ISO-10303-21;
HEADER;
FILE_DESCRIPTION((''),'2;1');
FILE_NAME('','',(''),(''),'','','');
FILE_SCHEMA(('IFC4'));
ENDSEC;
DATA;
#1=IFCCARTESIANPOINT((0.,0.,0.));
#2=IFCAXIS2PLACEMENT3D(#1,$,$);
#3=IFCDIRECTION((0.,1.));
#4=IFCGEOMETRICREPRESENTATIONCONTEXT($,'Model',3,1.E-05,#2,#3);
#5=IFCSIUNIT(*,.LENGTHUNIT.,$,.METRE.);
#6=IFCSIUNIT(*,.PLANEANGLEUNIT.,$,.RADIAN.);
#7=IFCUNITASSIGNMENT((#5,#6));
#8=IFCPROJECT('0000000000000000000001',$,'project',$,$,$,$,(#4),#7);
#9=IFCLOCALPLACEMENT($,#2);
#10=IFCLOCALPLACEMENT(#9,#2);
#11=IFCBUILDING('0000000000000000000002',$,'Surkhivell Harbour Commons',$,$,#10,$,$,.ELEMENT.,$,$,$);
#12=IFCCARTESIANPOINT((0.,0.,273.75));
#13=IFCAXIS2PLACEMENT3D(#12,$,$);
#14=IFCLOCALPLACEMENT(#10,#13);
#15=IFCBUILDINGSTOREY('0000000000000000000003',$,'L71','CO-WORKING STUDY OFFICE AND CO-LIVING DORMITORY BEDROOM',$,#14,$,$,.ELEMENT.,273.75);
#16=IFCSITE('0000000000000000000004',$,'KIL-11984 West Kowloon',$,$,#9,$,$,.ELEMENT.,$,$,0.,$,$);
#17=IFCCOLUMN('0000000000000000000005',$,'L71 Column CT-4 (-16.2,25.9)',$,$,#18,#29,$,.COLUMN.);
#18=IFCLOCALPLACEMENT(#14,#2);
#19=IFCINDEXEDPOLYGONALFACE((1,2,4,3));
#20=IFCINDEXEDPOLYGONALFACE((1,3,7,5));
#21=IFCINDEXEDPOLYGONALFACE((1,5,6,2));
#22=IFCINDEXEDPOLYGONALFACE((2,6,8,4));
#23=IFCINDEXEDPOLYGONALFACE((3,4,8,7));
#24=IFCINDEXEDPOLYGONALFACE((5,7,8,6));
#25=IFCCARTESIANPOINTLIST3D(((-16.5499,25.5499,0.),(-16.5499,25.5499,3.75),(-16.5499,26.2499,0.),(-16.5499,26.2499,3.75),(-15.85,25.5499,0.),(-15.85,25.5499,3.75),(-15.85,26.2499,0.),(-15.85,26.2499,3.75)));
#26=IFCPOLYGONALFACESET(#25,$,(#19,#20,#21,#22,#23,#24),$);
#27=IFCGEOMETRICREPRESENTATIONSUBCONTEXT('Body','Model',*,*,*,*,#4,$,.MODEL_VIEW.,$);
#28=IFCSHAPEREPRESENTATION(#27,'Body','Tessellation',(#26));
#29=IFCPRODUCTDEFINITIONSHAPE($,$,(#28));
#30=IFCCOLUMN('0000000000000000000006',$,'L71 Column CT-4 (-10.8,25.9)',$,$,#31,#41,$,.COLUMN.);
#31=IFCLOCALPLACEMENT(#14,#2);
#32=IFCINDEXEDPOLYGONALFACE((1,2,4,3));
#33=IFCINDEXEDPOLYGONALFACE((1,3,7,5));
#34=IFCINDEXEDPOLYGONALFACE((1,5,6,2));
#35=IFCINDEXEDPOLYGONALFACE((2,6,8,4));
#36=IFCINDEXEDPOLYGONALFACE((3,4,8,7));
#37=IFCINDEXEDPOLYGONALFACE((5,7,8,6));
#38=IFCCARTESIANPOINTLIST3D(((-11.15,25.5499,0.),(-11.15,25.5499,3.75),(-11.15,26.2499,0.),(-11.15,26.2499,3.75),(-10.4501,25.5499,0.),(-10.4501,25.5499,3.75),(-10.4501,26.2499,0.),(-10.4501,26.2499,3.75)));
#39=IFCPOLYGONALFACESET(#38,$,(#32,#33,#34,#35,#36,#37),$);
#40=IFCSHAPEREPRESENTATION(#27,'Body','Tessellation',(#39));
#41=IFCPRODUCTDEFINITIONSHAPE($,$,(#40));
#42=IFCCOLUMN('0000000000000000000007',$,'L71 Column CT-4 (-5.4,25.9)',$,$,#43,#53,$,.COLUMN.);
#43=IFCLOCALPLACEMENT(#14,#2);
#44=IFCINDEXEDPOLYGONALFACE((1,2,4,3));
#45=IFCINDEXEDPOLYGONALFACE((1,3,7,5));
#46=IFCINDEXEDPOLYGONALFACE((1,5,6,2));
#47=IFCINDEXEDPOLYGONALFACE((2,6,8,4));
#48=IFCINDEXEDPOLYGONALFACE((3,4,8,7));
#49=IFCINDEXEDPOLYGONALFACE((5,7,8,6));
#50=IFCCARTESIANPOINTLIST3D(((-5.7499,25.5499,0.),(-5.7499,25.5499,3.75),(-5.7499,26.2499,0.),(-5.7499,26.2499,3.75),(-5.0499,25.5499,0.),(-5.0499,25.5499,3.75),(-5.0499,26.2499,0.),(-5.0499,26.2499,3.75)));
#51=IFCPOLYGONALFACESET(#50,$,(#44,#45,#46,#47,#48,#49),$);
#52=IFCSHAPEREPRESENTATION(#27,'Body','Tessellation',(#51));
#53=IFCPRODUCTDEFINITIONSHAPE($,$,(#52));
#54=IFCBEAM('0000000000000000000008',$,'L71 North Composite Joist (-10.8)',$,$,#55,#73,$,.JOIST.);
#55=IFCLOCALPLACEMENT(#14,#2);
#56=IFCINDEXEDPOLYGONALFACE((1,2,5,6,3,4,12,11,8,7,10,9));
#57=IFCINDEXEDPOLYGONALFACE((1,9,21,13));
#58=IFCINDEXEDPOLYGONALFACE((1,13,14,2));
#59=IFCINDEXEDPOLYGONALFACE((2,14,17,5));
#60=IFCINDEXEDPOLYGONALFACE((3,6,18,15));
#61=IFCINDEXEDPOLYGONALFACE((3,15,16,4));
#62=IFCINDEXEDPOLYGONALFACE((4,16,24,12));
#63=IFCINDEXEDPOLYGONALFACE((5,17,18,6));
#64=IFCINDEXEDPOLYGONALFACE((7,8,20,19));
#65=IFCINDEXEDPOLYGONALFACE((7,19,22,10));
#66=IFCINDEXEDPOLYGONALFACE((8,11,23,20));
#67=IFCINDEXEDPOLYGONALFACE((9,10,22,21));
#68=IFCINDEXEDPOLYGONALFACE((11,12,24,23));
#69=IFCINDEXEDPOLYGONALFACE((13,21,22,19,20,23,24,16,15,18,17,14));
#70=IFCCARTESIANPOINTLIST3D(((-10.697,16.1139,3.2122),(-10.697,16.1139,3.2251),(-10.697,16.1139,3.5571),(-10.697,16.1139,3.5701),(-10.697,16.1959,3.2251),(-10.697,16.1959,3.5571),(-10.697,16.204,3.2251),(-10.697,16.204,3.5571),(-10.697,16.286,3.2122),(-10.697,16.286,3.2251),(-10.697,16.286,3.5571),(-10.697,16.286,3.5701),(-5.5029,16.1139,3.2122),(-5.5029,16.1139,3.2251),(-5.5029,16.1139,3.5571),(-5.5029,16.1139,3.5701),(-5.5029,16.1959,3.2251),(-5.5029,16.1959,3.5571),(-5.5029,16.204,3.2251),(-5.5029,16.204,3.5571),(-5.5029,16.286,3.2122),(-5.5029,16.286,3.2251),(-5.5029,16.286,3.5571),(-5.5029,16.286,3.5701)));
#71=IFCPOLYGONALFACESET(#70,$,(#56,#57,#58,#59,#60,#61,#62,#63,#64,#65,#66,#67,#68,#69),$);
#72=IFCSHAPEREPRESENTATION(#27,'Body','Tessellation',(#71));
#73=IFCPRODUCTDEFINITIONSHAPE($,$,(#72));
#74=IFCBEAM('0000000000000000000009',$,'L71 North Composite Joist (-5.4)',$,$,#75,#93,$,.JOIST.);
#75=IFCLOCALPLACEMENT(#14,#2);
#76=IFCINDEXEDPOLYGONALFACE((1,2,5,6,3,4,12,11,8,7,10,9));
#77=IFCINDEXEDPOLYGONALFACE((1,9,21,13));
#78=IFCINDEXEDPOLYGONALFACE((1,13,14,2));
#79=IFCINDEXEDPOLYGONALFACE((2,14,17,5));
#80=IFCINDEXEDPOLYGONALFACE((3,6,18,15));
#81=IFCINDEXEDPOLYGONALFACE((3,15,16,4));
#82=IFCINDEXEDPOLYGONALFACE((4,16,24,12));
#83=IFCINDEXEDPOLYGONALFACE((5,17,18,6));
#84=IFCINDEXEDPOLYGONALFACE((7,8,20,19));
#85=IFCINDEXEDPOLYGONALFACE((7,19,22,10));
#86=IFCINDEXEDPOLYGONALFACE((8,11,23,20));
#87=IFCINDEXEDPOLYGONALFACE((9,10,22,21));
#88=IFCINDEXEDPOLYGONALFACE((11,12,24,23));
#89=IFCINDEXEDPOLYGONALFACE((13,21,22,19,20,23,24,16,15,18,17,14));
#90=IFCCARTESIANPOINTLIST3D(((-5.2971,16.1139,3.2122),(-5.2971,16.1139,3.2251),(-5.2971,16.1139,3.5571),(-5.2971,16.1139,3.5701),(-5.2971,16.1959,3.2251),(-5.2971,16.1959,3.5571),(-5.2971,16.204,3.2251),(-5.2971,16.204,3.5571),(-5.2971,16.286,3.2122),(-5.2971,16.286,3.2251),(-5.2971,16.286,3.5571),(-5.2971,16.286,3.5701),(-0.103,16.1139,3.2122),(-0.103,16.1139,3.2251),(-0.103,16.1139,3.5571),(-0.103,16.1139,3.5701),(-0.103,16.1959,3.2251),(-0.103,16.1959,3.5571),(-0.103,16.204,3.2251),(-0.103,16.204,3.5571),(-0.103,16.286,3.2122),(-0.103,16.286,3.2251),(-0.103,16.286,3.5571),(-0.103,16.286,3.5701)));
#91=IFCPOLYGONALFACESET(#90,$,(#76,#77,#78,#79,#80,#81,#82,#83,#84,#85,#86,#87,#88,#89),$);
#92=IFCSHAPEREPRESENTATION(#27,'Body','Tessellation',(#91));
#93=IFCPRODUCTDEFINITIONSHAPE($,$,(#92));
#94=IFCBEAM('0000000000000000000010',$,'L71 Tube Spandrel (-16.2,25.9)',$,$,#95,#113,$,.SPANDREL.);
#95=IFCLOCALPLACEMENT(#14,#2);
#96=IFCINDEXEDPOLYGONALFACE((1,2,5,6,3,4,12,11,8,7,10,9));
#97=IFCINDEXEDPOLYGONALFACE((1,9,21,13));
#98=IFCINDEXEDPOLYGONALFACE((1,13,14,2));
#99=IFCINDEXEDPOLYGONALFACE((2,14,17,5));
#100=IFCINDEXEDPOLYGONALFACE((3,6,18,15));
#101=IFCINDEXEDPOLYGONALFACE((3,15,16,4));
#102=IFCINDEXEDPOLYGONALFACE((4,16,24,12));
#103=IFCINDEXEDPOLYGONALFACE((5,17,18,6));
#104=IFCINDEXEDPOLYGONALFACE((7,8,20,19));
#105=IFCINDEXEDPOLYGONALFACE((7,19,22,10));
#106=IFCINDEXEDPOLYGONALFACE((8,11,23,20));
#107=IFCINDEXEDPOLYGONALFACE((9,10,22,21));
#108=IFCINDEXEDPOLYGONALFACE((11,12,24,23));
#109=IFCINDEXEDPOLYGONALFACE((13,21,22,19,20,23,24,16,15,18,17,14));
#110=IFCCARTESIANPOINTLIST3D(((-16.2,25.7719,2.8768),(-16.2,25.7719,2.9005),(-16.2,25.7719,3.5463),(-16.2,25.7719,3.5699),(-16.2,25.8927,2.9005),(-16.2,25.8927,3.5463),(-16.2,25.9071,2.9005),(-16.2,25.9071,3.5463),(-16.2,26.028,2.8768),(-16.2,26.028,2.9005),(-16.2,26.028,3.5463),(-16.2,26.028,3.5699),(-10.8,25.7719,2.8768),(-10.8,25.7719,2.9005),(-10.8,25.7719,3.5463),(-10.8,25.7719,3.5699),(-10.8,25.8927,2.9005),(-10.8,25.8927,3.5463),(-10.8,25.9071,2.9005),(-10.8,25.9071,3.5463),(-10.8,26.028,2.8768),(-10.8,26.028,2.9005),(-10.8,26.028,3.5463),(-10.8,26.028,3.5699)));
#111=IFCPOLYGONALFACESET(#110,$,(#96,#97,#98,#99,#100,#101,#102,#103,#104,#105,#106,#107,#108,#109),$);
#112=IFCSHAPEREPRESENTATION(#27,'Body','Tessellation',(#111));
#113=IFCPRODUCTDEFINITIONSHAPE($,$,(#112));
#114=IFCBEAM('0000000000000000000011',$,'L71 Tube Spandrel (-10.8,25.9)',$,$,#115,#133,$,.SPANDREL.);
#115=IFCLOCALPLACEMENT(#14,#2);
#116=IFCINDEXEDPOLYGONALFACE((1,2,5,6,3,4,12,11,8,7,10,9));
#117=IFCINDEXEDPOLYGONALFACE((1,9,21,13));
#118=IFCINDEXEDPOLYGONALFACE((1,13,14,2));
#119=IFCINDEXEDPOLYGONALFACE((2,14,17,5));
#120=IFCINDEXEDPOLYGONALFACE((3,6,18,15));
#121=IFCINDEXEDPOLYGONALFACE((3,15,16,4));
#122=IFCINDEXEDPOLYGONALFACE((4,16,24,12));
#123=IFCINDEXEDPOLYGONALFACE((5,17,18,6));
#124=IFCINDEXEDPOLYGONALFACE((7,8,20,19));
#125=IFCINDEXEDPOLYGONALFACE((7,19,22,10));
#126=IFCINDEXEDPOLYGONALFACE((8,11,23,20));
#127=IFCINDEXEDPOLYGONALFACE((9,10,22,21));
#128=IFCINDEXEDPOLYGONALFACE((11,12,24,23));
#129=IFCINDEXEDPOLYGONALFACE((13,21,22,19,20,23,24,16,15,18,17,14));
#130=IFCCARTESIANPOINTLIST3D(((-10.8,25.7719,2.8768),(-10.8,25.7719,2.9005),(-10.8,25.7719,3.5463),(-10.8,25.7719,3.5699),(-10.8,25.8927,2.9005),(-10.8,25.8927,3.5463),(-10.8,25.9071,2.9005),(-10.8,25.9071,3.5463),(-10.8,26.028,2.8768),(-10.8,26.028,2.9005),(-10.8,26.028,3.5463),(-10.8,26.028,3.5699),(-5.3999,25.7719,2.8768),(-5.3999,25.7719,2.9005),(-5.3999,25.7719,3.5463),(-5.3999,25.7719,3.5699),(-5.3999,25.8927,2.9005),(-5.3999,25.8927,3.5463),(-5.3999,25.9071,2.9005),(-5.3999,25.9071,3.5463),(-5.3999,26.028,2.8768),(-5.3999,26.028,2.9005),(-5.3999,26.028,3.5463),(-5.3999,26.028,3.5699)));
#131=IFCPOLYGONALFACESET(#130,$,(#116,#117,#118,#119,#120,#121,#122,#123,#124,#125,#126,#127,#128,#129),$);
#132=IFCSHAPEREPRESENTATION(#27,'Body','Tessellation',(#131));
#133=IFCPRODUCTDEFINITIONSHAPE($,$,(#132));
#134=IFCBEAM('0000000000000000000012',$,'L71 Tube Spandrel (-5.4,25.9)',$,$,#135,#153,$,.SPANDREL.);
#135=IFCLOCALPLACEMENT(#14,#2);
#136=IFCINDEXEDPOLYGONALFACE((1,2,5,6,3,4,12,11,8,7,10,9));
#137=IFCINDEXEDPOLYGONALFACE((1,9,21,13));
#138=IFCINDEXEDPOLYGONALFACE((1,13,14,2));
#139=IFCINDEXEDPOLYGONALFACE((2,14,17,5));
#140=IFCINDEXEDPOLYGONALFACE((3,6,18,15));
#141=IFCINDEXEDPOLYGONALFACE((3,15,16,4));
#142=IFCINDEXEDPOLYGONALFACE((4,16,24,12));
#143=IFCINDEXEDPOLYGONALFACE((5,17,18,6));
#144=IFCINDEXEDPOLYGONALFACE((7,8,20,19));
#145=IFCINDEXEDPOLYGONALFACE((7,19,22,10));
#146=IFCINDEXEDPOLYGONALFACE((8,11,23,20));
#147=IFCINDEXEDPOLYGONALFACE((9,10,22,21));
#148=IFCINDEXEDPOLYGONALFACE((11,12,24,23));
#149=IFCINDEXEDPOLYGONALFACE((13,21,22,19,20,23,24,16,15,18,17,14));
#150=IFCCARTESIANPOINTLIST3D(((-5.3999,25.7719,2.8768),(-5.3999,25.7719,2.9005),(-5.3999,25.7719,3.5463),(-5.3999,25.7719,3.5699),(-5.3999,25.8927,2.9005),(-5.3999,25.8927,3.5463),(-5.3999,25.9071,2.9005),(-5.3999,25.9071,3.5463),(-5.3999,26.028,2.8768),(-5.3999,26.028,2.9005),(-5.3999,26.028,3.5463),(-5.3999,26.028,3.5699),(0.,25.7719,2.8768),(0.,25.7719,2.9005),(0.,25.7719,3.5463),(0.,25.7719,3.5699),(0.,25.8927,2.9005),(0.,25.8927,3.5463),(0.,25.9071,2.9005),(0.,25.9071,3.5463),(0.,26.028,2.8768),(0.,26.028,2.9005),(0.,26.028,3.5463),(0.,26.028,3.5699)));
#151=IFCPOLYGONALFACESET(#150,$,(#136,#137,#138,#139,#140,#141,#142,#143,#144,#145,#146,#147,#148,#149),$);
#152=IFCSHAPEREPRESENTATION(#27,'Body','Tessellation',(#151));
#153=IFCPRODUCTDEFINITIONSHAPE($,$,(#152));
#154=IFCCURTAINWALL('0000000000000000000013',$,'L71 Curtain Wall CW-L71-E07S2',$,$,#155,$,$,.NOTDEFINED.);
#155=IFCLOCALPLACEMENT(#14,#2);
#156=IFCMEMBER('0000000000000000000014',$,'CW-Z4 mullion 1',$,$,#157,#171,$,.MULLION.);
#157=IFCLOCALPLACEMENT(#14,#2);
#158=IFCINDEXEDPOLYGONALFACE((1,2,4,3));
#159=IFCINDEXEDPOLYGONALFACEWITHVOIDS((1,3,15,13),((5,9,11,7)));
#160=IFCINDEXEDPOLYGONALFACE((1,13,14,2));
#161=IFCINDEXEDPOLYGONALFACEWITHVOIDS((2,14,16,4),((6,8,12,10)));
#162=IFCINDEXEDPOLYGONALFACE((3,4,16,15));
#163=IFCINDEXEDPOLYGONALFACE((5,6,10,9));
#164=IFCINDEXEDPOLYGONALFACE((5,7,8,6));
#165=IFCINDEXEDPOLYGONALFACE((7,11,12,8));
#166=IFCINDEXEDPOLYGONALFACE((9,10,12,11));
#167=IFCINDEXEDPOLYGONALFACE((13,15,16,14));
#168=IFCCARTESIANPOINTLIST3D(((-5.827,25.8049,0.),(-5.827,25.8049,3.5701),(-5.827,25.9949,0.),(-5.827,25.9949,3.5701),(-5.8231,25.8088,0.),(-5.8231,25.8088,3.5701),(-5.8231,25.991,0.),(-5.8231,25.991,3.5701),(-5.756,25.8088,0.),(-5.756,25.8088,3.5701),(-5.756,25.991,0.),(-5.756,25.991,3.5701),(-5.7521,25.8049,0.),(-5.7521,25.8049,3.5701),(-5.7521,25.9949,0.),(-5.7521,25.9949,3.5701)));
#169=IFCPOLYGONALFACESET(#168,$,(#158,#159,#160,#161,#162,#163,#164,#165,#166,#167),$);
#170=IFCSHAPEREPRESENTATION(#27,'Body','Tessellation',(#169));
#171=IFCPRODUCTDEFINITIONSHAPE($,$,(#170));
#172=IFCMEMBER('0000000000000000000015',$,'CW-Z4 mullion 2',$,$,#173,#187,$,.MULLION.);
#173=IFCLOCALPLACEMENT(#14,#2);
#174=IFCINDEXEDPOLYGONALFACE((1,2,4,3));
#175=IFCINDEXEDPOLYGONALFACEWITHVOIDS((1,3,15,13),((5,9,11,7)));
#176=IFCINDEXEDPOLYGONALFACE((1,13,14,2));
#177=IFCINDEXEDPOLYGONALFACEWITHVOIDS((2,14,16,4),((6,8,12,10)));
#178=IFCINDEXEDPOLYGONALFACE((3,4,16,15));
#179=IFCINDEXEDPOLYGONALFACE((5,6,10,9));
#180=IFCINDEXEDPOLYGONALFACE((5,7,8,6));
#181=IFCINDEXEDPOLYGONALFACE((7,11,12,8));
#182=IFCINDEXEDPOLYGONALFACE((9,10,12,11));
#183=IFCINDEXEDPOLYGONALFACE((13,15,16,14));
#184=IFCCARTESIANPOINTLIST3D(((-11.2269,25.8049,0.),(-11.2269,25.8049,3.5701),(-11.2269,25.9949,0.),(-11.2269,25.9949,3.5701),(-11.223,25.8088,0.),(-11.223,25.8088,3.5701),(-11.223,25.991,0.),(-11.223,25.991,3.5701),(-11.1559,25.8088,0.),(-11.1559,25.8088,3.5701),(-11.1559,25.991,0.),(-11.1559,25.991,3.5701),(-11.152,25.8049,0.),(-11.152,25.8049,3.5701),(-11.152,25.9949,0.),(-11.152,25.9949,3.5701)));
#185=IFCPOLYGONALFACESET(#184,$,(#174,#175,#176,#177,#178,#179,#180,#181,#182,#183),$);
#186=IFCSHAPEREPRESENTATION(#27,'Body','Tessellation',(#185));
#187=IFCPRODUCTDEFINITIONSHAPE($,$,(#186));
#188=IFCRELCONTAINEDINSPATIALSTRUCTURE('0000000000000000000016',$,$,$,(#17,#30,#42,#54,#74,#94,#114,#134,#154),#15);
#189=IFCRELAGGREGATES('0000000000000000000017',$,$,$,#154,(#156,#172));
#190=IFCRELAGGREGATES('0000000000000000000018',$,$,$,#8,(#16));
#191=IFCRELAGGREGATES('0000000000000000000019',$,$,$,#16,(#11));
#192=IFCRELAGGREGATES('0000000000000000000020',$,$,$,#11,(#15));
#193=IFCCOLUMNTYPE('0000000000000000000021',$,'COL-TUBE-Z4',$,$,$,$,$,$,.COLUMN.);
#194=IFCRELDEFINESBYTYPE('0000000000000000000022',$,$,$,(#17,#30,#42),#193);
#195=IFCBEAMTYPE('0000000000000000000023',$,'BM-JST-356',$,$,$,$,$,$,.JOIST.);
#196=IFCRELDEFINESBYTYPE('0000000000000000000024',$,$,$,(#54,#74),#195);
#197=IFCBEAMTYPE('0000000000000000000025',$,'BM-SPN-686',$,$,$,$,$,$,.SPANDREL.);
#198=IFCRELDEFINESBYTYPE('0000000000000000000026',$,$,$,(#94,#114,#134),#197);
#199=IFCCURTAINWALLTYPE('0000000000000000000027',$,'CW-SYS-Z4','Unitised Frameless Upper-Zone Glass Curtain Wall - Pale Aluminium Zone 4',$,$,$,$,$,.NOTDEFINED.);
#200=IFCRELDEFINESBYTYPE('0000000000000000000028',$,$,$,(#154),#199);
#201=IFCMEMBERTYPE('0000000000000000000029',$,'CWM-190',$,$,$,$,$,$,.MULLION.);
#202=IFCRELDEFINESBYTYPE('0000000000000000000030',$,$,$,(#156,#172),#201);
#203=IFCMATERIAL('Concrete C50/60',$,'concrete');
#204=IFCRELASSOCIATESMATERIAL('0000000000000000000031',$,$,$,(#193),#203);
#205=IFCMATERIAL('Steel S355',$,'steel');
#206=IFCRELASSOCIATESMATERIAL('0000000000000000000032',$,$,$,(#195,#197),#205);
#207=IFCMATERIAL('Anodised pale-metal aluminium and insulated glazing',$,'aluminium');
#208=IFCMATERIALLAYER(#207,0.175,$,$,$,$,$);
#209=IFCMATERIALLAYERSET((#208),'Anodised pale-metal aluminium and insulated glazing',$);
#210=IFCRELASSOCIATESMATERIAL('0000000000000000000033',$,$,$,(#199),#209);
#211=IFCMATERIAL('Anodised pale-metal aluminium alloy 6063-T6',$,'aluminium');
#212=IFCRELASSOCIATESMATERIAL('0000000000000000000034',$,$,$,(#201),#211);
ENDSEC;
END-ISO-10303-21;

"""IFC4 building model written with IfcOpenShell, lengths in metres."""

from ifc_helpers import new_model, si_unit, direction, frame, origin, origin_2d, place, context, subcontext, project, spatial, rectangle, hollow_rectangle, i_section, extrude, material, layer, layer_set, material_profile, profile_set, type_object, element, aggregate, save


model = new_model("IFC4")

# Units and contexts
model_context = context("Model", 3, precision=1e-05, world=origin(), true_north=direction((0.0, 1.0)))
body_context = subcontext(model_context, "Body", "Model", "MODEL_VIEW")
ifc_project = project(units=[si_unit("LENGTHUNIT", "METRE"), si_unit("PLANEANGLEUNIT", "RADIAN")], contexts=[model_context])

# Site, building, storey
site_placement = place(None, origin())
site = spatial("IfcSite", under=ifc_project, at=site_placement, Name="KIL-11984 West Kowloon", CompositionType="ELEMENT", RefElevation=0.0)
building_placement = place(site_placement, origin())
building = spatial("IfcBuilding", under=site, at=building_placement, Name="Surkhivell Harbour Commons", CompositionType="ELEMENT")
storey_placement = place(building_placement, frame((0.0, 0.0, 273.75)))
storey = spatial("IfcBuildingStorey", under=building, at=storey_placement, Name="L71", Description="CO-WORKING STUDY OFFICE AND CO-LIVING DORMITORY BEDROOM", CompositionType="ELEMENT", Elevation=273.75)

# Columns
ifc_material_1 = material(Name="Concrete C50/60", Category="concrete")
ifc_material_profile_1 = material_profile(ifc_material_1, rectangle(XDim=0.7, YDim=0.7, at=origin_2d()), Name="RC-COL-700x700")
ifc_profile_set_1 = profile_set([ifc_material_profile_1], Name="Concrete C50/60")
column_type = type_object("IfcColumnType", Name="COL-TUBE-Z4", PredefinedType="COLUMN", material=ifc_profile_set_1)
for number, where, z_axis, x_axis, name in (
    (1, (-16.2, 25.8999, 0.0), (0.0, 0.0, 1.0), (1.0, 0.0, 0.0), "L71 Column CT-4 (-16.2,25.9)"),
    (2, (-10.8, 25.8999, 0.0), (0.0, 0.0, 1.0), (1.0, 0.0, 0.0), "L71 Column CT-4 (-10.8,25.9)"),
    (3, (-5.3999, 25.8999, 0.0), (0.0, 0.0, 1.0), (1.0, 0.0, 0.0), "L71 Column CT-4 (-5.4,25.9)"),
):
    element("IfcColumn", number, at=place(storey_placement, frame(where, z_axis=z_axis, x_axis=x_axis)), inside=storey, type_object=column_type, Name=name, PredefinedType="COLUMN", context=body_context, shape_type="SweptSolid", body=[
        extrude(rectangle(XDim=0.7, YDim=0.7, at=origin_2d()), origin(), (0.0, 0.0, 1.0), 3.75),
    ])

# Beams
ifc_material_2 = material(Name="Steel S355", Category="steel")
ifc_material_profile_2 = material_profile(ifc_material_2, i_section(OverallWidth=0.1721, OverallDepth=0.3579, WebThickness=0.0081, FlangeThickness=0.0129, at=origin_2d()), Name="UB356x171x57")
ifc_profile_set_2 = profile_set([ifc_material_profile_2], Name="Steel S355")
beam_type_1 = type_object("IfcBeamType", Name="BM-JST-356", PredefinedType="JOIST", material=ifc_profile_set_2)
for number, where, z_axis, x_axis, name in (
    (4, (-10.697, 16.2, 3.3911), (1.0, 0.0, 0.0), (0.0, 1.0, 0.0), "L71 North Composite Joist (-10.8)"),
    (5, (-5.2971, 16.2, 3.3911), (1.0, 0.0, 0.0), (0.0, 1.0, 0.0), "L71 North Composite Joist (-5.4)"),
):
    element("IfcBeam", number, at=place(storey_placement, frame(where, z_axis=z_axis, x_axis=x_axis)), inside=storey, type_object=beam_type_1, Name=name, PredefinedType="JOIST", context=body_context, shape_type="SweptSolid", body=[
        extrude(i_section(OverallWidth=0.1721, OverallDepth=0.3579, WebThickness=0.0081, FlangeThickness=0.0129, at=origin_2d()), origin(), (0.0, 0.0, 1.0), 5.1941),
    ])
ifc_material_profile_3 = material_profile(ifc_material_2, i_section(OverallWidth=0.2561, OverallDepth=0.6931, WebThickness=0.0144, FlangeThickness=0.0237, at=origin_2d()), Name="UB686x254x170")
ifc_profile_set_3 = profile_set([ifc_material_profile_3], Name="Steel S355")
beam_type_2 = type_object("IfcBeamType", Name="BM-SPN-686", PredefinedType="SPANDREL", material=ifc_profile_set_3)
beam_1_placement = place(storey_placement, frame((-16.2, 25.8999, 3.2234), z_axis=(1.0, 0.0, 0.0), x_axis=(0.0, 1.0, 0.0)))
element("IfcBeam", 6, at=beam_1_placement, inside=storey, type_object=beam_type_2, Name="L71 Tube Spandrel (-16.2,25.9)", PredefinedType="SPANDREL", context=body_context, shape_type="SweptSolid", body=[
    extrude(i_section(OverallWidth=0.2561, OverallDepth=0.6931, WebThickness=0.0144, FlangeThickness=0.0237, at=origin_2d()), origin(), (0.0, 0.0, 1.0), 5.3999),
])
beam_2_placement = place(storey_placement, frame((-10.8, 25.8999, 3.2234), z_axis=(1.0, 0.0, 0.0), x_axis=(0.0, 1.0, 0.0)))
element("IfcBeam", 7, at=beam_2_placement, inside=storey, type_object=beam_type_2, Name="L71 Tube Spandrel (-10.8,25.9)", PredefinedType="SPANDREL", context=body_context, shape_type="SweptSolid", body=[
    extrude(i_section(OverallWidth=0.2561, OverallDepth=0.6931, WebThickness=0.0144, FlangeThickness=0.0237, at=origin_2d()), origin(), (0.0, 0.0, 1.0), 5.4001),
])
beam_3_placement = place(storey_placement, frame((-5.3999, 25.8999, 3.2234), z_axis=(1.0, 0.0, 0.0), x_axis=(0.0, 1.0, 0.0)))
element("IfcBeam", 8, at=beam_3_placement, inside=storey, type_object=beam_type_2, Name="L71 Tube Spandrel (-5.4,25.9)", PredefinedType="SPANDREL", context=body_context, shape_type="SweptSolid", body=[
    extrude(i_section(OverallWidth=0.2561, OverallDepth=0.6931, WebThickness=0.0144, FlangeThickness=0.0237, at=origin_2d()), origin(), (0.0, 0.0, 1.0), 5.3999),
])

# Curtain wall, members
ifc_material_3 = material(Name="Anodised pale-metal aluminium and insulated glazing", Category="aluminium")
ifc_layer_1 = layer(ifc_material_3, 0.175)
ifc_layer_set_1 = layer_set([ifc_layer_1], Name="Anodised pale-metal aluminium and insulated glazing")
curtain_wall_type = type_object("IfcCurtainWallType", Name="CW-SYS-Z4", Description="Unitised Frameless Upper-Zone Glass Curtain Wall - Pale Aluminium Zone 4", PredefinedType="NOTDEFINED", material=ifc_layer_set_1)
curtain_wall_placement = place(storey_placement, origin())
curtain_wall = element("IfcCurtainWall", 9, at=curtain_wall_placement, inside=storey, type_object=curtain_wall_type, Name="L71 Curtain Wall CW-L71-E07S2", PredefinedType="NOTDEFINED")
ifc_material_4 = material(Name="Anodised pale-metal aluminium alloy 6063-T6", Category="aluminium")
ifc_material_profile_4 = material_profile(ifc_material_4, hollow_rectangle(XDim=0.075, YDim=0.1899, WallThickness=0.0039, at=origin_2d()), Name="ALU-MULL-75x190")
ifc_profile_set_4 = profile_set([ifc_material_profile_4], Name="Anodised pale-metal aluminium alloy 6063-T6")
member_type_1 = type_object("IfcMemberType", Name="CWM-190", PredefinedType="MULLION", material=ifc_profile_set_4)
member_1_placement = place(storey_placement, frame((-5.7896, 25.8999, 0.0), z_axis=(0.0, 0.0, 1.0), x_axis=(-1.0, 0.0, 0.0)))
member_1 = element("IfcMember", 10, at=member_1_placement, type_object=member_type_1, Name="CW-Z4 mullion 1", PredefinedType="MULLION", context=body_context, shape_type="SweptSolid", body=[
    extrude(hollow_rectangle(XDim=0.075, YDim=0.1899, WallThickness=0.0039, at=origin_2d()), origin(), (0.0, 0.0, 1.0), 3.5701),
])
member_2_placement = place(storey_placement, frame((-11.1895, 25.8999, 0.0), z_axis=(0.0, 0.0, 1.0), x_axis=(-1.0, 0.0, 0.0)))
member_2 = element("IfcMember", 11, at=member_2_placement, type_object=member_type_1, Name="CW-Z4 mullion 2", PredefinedType="MULLION", context=body_context, shape_type="SweptSolid", body=[
    extrude(hollow_rectangle(XDim=0.075, YDim=0.1899, WallThickness=0.0039, at=origin_2d()), origin(), (0.0, 0.0, 1.0), 3.5701),
])

aggregate(curtain_wall, [member_1, member_2])

save(model, "model.ifc")
